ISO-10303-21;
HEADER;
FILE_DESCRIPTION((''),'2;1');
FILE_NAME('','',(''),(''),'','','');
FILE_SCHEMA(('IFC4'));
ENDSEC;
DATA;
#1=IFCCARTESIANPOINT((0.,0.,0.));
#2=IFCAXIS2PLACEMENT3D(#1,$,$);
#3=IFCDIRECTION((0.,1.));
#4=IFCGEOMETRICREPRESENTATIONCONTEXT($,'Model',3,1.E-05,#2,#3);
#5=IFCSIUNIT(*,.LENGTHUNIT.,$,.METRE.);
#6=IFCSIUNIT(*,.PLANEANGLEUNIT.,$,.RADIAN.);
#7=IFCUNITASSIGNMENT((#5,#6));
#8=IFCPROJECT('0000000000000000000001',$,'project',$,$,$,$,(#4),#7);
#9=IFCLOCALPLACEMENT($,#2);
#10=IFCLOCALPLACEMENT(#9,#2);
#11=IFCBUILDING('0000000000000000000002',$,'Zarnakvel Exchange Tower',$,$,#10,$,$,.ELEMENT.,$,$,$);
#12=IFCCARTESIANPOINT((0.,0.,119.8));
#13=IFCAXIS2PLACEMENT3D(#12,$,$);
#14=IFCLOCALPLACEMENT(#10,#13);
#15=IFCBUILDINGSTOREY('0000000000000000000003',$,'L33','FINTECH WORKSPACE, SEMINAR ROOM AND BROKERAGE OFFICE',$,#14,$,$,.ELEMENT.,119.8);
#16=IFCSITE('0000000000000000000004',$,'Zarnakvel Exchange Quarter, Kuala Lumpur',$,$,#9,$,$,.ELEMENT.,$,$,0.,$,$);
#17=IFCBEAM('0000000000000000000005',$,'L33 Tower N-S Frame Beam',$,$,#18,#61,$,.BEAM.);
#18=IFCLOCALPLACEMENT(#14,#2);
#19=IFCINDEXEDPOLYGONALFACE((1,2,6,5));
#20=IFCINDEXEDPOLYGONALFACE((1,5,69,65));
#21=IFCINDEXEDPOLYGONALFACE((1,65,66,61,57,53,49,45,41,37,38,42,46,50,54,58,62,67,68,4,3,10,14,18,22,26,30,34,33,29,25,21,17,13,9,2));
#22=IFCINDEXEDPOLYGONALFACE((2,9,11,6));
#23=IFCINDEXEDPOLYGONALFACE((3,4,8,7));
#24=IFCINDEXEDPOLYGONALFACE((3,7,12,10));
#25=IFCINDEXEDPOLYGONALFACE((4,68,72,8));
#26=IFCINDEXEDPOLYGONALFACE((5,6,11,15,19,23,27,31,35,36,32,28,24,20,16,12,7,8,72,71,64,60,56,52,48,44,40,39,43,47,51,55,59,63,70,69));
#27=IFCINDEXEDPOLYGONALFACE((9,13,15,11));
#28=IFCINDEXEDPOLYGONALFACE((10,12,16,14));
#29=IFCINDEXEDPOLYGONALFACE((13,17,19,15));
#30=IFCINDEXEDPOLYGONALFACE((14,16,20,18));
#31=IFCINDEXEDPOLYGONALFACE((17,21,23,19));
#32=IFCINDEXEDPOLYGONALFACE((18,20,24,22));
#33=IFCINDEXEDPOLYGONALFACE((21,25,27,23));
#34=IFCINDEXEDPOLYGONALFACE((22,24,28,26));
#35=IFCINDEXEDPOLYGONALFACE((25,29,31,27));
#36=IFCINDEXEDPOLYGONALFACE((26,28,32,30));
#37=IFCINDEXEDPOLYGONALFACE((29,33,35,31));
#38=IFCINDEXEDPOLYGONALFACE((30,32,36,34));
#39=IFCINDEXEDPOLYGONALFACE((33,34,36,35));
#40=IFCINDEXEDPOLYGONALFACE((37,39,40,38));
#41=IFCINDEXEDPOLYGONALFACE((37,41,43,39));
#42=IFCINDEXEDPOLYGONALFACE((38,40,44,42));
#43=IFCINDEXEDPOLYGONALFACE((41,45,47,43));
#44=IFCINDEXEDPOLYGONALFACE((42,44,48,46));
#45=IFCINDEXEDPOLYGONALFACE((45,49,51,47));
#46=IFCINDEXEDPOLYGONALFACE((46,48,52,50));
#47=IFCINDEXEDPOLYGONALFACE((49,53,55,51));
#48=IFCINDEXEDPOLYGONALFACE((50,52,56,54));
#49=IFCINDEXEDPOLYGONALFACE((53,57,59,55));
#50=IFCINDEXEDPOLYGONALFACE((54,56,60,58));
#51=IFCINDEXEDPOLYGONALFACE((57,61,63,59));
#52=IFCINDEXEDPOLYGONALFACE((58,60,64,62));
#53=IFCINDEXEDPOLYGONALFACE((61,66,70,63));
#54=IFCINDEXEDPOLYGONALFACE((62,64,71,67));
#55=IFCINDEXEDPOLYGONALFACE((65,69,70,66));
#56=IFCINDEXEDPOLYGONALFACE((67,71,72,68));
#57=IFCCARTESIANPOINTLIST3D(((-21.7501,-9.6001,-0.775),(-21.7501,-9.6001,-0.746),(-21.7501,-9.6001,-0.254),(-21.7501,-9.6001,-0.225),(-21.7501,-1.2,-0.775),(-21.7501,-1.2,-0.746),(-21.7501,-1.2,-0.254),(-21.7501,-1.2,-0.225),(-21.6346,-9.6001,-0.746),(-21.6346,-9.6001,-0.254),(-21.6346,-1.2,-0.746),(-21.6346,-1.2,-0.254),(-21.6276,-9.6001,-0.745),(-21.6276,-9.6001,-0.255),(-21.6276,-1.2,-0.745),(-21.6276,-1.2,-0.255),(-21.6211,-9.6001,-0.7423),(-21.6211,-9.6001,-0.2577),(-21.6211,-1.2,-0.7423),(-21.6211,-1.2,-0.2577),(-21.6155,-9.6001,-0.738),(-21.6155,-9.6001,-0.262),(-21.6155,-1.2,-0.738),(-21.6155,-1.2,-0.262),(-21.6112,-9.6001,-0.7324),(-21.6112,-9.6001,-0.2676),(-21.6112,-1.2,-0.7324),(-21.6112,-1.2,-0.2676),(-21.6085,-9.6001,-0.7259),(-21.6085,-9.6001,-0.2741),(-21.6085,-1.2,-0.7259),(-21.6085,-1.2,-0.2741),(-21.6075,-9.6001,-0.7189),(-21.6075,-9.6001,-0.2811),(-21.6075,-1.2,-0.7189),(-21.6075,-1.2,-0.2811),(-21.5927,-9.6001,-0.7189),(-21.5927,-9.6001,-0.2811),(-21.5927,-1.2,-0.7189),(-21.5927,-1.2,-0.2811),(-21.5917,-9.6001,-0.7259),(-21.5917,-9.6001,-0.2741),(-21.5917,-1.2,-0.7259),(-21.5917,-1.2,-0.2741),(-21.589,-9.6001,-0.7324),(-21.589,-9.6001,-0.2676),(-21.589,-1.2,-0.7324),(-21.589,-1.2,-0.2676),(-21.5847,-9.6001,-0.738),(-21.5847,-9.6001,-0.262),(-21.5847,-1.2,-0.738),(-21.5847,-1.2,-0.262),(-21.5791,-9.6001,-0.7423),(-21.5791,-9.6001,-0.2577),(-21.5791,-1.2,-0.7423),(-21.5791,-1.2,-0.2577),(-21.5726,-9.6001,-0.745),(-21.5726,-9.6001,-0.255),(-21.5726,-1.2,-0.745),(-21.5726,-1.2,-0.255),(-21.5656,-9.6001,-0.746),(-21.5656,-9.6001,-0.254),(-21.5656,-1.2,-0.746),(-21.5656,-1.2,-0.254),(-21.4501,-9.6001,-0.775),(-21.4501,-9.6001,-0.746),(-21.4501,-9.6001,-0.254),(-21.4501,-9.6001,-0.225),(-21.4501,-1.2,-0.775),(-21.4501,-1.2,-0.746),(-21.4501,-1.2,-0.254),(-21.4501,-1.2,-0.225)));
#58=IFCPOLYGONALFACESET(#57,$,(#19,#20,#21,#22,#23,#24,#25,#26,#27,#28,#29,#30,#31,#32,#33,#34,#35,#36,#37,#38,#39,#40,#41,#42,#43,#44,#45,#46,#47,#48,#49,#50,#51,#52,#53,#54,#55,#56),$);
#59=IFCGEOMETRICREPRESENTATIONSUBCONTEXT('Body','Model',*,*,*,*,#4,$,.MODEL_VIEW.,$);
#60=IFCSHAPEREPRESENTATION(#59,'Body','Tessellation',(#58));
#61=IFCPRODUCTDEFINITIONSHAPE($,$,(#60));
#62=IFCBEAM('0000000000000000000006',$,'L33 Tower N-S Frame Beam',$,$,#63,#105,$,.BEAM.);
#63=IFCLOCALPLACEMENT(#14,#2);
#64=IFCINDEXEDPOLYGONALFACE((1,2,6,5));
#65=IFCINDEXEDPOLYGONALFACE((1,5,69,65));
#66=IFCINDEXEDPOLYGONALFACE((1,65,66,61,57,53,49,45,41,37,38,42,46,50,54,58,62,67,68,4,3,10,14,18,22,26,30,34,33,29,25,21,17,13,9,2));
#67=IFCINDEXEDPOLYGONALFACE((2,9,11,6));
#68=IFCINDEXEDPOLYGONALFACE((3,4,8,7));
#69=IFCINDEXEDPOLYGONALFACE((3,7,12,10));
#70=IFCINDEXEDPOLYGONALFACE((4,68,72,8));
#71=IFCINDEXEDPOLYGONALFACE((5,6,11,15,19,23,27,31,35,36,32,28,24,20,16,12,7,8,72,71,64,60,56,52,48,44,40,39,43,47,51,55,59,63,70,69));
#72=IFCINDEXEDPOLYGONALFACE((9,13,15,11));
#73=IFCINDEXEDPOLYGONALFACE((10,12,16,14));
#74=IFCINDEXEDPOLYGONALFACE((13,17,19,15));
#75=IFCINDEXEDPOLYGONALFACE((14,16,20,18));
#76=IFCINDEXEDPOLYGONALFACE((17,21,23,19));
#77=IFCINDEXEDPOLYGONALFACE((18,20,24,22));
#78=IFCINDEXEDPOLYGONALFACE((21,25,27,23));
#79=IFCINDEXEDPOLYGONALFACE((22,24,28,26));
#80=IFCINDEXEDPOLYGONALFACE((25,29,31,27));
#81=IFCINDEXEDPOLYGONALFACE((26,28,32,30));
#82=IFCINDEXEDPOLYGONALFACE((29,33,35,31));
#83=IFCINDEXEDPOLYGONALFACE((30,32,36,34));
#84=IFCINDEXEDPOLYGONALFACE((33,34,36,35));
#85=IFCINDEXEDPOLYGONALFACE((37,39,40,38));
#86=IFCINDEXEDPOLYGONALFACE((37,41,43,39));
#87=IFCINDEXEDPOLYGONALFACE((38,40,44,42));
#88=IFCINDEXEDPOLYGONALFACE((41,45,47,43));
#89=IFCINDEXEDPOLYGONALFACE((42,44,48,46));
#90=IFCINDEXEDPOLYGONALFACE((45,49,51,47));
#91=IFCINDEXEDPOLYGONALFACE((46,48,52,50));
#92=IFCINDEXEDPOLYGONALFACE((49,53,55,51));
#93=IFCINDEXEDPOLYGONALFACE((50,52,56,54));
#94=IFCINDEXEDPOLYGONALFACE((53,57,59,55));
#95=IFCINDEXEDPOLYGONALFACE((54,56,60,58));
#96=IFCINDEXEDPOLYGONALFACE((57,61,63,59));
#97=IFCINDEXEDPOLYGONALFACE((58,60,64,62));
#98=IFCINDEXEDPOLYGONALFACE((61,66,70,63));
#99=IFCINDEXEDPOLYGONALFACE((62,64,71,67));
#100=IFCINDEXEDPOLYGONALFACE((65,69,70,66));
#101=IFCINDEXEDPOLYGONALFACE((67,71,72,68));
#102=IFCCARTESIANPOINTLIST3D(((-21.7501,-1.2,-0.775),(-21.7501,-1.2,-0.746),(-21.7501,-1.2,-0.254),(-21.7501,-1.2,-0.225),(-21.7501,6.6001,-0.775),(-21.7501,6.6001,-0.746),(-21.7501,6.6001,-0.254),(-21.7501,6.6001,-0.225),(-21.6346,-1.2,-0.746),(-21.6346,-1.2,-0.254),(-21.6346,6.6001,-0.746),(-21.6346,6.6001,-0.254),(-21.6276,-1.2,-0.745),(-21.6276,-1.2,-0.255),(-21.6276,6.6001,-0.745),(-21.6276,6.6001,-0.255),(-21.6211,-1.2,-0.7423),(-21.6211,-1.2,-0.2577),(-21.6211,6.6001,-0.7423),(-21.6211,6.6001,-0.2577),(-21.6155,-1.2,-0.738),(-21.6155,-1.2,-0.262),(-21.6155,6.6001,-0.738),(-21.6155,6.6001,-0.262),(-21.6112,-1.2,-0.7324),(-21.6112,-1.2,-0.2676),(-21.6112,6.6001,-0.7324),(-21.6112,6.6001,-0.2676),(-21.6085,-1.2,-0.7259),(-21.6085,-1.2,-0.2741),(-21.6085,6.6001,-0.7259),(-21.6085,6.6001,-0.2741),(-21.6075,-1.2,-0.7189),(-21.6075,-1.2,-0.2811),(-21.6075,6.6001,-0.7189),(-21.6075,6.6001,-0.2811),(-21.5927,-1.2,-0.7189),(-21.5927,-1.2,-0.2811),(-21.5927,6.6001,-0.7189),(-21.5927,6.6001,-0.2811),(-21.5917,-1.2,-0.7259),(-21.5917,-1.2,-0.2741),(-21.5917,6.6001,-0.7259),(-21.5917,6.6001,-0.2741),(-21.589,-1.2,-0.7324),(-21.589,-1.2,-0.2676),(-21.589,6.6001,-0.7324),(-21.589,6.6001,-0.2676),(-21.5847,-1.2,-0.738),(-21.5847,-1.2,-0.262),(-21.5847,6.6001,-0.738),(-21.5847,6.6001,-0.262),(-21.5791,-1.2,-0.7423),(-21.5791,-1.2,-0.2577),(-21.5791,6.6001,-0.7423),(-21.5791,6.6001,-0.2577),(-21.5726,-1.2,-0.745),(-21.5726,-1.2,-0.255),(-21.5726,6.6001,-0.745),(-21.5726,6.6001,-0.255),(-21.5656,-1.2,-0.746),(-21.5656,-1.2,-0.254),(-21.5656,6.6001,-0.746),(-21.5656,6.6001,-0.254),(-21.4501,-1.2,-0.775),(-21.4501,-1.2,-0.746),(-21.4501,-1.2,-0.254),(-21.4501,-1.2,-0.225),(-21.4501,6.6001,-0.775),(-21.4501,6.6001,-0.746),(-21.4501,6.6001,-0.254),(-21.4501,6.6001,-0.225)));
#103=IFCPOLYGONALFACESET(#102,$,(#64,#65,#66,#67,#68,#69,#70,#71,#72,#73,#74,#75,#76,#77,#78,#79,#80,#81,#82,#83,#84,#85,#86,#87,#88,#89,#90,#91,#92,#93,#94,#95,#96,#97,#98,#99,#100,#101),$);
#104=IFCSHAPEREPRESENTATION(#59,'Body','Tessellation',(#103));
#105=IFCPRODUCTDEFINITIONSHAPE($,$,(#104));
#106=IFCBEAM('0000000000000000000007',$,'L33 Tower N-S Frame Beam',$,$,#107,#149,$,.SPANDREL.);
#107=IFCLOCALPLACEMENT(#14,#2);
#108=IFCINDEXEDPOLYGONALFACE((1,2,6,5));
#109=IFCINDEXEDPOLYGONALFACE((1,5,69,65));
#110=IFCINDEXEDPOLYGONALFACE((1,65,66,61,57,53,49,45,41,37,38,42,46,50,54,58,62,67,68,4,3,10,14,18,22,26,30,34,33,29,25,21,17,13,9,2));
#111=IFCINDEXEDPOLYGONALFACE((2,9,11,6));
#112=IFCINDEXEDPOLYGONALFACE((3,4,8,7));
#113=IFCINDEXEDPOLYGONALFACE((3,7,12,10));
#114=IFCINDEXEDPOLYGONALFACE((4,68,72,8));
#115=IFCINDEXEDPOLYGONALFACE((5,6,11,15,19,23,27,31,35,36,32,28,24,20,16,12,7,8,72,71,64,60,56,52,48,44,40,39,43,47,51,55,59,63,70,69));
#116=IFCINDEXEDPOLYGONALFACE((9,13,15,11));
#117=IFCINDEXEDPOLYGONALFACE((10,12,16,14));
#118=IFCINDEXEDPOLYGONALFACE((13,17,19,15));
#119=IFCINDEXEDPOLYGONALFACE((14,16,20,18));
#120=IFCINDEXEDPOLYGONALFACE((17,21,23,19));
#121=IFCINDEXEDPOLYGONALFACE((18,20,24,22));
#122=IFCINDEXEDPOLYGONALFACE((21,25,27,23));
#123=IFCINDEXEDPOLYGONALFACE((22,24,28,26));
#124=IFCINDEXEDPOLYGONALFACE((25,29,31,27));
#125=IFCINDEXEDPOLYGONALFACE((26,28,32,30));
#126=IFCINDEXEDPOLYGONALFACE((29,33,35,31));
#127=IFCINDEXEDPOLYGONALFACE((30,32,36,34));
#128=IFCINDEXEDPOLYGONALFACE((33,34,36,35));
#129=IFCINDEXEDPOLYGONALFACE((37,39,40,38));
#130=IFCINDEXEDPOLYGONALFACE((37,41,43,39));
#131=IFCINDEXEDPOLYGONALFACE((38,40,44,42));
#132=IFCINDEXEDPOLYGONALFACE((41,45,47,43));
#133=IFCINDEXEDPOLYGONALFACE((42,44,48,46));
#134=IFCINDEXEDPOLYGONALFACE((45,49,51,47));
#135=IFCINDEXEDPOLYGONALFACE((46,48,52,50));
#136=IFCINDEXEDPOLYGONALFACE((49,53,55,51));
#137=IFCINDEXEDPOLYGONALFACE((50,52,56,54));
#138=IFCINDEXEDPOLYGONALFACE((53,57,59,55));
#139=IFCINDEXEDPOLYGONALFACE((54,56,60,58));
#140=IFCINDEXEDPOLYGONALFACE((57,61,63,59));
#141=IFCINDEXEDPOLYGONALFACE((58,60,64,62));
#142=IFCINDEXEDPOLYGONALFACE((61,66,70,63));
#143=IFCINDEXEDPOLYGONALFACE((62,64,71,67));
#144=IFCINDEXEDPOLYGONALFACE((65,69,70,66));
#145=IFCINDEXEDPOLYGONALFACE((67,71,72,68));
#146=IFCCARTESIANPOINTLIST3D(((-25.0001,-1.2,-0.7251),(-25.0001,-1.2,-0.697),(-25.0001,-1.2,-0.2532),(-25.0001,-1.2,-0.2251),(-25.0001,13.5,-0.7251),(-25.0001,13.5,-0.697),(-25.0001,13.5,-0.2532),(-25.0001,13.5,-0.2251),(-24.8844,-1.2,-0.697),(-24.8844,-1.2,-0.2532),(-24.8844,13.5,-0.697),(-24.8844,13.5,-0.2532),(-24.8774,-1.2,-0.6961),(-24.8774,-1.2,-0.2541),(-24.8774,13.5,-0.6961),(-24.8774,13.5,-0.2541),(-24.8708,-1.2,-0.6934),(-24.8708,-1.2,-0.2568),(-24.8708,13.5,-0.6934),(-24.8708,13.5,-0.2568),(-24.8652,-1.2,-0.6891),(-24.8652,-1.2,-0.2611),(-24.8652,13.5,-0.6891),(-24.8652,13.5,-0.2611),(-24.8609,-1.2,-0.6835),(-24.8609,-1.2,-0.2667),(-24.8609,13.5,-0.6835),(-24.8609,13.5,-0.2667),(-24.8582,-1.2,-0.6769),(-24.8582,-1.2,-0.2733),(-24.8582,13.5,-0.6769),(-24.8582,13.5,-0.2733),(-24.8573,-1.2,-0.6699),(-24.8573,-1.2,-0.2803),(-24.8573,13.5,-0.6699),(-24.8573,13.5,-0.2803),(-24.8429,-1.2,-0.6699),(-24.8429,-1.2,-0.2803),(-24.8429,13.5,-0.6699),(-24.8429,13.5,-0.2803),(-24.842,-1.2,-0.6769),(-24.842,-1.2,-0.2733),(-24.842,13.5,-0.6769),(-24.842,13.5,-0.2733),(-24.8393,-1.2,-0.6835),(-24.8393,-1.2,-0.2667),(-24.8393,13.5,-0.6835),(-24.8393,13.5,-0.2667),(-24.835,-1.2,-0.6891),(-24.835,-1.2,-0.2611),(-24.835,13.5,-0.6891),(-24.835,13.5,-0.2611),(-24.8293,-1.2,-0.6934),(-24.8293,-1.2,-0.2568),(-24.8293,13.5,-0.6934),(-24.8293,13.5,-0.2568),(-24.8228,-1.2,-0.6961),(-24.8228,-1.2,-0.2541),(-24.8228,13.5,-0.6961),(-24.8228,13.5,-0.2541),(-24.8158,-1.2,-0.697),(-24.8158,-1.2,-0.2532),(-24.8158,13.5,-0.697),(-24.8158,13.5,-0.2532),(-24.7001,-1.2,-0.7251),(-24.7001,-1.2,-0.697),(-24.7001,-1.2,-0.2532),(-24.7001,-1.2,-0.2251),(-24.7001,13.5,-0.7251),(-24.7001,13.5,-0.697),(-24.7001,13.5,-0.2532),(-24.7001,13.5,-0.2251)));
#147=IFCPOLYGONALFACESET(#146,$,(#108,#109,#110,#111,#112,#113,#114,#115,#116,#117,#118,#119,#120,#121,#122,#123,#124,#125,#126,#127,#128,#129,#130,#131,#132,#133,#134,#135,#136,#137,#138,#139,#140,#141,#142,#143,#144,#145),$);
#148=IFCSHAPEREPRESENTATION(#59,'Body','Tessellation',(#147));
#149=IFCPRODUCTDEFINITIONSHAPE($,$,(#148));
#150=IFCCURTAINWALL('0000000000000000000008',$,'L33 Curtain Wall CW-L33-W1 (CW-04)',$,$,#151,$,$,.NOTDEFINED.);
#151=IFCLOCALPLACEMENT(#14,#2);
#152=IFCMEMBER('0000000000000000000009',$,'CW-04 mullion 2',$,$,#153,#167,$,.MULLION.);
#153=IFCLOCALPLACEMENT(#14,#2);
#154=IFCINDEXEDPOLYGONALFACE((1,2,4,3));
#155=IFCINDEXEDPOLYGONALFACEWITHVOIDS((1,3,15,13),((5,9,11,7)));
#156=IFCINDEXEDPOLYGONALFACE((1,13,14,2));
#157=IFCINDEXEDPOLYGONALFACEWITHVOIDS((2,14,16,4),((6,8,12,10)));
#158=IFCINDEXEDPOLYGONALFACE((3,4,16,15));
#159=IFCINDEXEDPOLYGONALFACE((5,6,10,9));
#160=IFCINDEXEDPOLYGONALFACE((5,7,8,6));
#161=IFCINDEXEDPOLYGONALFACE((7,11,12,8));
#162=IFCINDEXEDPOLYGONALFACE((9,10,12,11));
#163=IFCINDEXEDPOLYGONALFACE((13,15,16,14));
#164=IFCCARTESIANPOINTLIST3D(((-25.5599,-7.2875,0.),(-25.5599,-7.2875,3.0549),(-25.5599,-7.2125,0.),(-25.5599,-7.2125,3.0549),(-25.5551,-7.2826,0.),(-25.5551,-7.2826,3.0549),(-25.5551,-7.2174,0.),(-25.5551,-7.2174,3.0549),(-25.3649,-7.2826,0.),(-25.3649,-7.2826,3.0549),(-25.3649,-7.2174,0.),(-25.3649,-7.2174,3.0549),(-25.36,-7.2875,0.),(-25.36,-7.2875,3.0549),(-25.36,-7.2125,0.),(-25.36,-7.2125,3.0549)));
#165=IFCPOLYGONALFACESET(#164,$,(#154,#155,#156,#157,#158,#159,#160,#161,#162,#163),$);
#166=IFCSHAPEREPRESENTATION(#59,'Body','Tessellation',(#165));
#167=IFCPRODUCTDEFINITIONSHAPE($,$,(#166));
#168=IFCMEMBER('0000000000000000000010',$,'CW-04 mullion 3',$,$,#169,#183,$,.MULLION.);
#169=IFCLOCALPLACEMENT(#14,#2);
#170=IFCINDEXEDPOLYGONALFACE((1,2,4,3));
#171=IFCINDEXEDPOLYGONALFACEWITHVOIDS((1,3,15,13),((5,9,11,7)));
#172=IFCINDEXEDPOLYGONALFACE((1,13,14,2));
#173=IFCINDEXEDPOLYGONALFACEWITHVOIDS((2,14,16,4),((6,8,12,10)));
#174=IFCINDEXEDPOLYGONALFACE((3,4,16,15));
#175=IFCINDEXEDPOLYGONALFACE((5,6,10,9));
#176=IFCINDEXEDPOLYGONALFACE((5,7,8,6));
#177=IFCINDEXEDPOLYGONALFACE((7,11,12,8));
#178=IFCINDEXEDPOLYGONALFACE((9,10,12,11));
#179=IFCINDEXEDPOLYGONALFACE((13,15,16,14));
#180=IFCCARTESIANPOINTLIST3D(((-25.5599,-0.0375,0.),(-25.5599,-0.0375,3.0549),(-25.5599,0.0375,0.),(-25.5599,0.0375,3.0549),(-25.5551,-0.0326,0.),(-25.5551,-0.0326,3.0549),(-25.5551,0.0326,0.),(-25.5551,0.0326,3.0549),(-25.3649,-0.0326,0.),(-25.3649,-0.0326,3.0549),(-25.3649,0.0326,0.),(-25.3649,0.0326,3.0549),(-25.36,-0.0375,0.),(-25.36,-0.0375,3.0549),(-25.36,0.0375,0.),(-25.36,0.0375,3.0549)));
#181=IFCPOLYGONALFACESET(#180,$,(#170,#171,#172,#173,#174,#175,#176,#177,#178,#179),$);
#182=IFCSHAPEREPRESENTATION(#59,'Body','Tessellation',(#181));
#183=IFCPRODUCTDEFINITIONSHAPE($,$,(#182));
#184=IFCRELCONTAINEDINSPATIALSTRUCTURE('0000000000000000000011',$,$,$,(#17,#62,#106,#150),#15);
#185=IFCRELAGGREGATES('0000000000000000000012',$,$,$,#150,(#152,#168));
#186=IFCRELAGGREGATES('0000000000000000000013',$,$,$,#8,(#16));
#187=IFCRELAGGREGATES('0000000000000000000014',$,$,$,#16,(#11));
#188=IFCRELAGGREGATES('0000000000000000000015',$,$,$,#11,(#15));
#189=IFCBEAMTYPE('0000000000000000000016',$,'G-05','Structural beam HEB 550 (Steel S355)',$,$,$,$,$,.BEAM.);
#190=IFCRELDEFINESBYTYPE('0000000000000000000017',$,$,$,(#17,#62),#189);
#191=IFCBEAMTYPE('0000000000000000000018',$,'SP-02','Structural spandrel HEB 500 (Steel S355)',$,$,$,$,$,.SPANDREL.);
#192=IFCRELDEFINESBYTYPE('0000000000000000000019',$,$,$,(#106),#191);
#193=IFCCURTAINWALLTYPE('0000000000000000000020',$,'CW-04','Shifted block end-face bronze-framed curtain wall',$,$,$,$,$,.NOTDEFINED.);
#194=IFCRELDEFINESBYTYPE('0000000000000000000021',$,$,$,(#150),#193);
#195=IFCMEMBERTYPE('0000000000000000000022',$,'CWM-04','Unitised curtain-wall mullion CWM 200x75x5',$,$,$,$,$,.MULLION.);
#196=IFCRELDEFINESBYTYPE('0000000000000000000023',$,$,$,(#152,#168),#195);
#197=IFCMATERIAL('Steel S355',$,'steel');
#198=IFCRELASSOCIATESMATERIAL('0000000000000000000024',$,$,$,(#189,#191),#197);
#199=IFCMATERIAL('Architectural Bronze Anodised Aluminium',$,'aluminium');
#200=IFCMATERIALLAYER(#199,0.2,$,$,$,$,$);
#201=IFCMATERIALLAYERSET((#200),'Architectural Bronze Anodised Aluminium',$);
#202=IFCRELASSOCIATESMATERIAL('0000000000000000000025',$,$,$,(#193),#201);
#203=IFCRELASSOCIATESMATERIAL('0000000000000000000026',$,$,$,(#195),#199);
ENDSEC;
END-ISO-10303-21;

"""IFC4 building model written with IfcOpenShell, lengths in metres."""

from ifc_helpers import new_model, si_unit, direction, frame, origin, origin_2d, place, context, subcontext, project, spatial, hollow_rectangle, i_section, extrude, source, transform, mapped, material, layer, layer_set, material_profile, profile_set, type_object, element, aggregate, save


model = new_model("IFC4")

# Units and contexts
model_context = context("Model", 3, precision=1e-05, world=origin(), true_north=direction((0.0, 1.0)))
body_context = subcontext(model_context, "Body", "Model", "MODEL_VIEW")
ifc_project = project(units=[si_unit("LENGTHUNIT", "METRE"), si_unit("PLANEANGLEUNIT", "RADIAN")], contexts=[model_context])

# Site, building, storey
site_placement = place(None, origin())
site = spatial("IfcSite", under=ifc_project, at=site_placement, Name="Zarnakvel Exchange Quarter, Kuala Lumpur", CompositionType="ELEMENT", RefElevation=0.0)
building_placement = place(site_placement, origin())
building = spatial("IfcBuilding", under=site, at=building_placement, Name="Zarnakvel Exchange Tower", CompositionType="ELEMENT")
storey_placement = place(building_placement, frame((0.0, 0.0, 119.8)))
storey = spatial("IfcBuildingStorey", under=building, at=storey_placement, Name="L33", Description="FINTECH WORKSPACE, SEMINAR ROOM AND BROKERAGE OFFICE", CompositionType="ELEMENT", Elevation=119.8)

# Shared definitions
ifc_material_1 = material(Name="Steel S355", Category="steel")

# Beams
ifc_material_profile_1 = material_profile(ifc_material_1, i_section(OverallWidth=0.3, OverallDepth=0.55, WebThickness=0.0149, FlangeThickness=0.0291, FilletRadius=0.0271, at=origin_2d()))
ifc_profile_set_1 = profile_set([ifc_material_profile_1], Name="Steel S355")
beam_type_1 = type_object("IfcBeamType", Name="G-05", Description="Structural beam HEB 550 (Steel S355)", PredefinedType="BEAM", material=ifc_profile_set_1)
beam_1_placement = place(storey_placement, frame((-21.6001, -9.6001, -0.5), z_axis=(0.0, 1.0, 0.0), x_axis=(-1.0, 0.0, 0.0)))
element("IfcBeam", 1, at=beam_1_placement, inside=storey, type_object=beam_type_1, Name="L33 Tower N-S Frame Beam", PredefinedType="BEAM", context=body_context, shape_type="SweptSolid", body=[
    extrude(i_section(OverallWidth=0.3, OverallDepth=0.55, WebThickness=0.0149, FlangeThickness=0.0291, FilletRadius=0.0271, at=origin_2d()), origin(), (0.0, 0.0, 1.0), 8.4001),
])
beam_2_placement = place(storey_placement, frame((-21.6001, -1.2, -0.5), z_axis=(0.0, 1.0, 0.0), x_axis=(-1.0, 0.0, 0.0)))
element("IfcBeam", 2, at=beam_2_placement, inside=storey, type_object=beam_type_1, Name="L33 Tower N-S Frame Beam", PredefinedType="BEAM", context=body_context, shape_type="SweptSolid", body=[
    extrude(i_section(OverallWidth=0.3, OverallDepth=0.55, WebThickness=0.0149, FlangeThickness=0.0291, FilletRadius=0.0271, at=origin_2d()), origin(), (0.0, 0.0, 1.0), 7.8),
])
ifc_material_profile_2 = material_profile(ifc_material_1, i_section(OverallWidth=0.3, OverallDepth=0.5, WebThickness=0.0144, FlangeThickness=0.0281, FilletRadius=0.0271, at=origin_2d()))
ifc_profile_set_2 = profile_set([ifc_material_profile_2], Name="Steel S355")
beam_type_2 = type_object("IfcBeamType", Name="SP-02", Description="Structural spandrel HEB 500 (Steel S355)", PredefinedType="SPANDREL", material=ifc_profile_set_2)
beam_3_placement = place(storey_placement, frame((-24.8501, -1.2, -0.4751), z_axis=(0.0, 1.0, 0.0), x_axis=(-1.0, 0.0, 0.0)))
element("IfcBeam", 3, at=beam_3_placement, inside=storey, type_object=beam_type_2, Name="L33 Tower N-S Frame Beam", PredefinedType="SPANDREL", context=body_context, shape_type="SweptSolid", body=[
    extrude(i_section(OverallWidth=0.3, OverallDepth=0.5, WebThickness=0.0144, FlangeThickness=0.0281, FilletRadius=0.0271, at=origin_2d()), origin(), (0.0, 0.0, 1.0), 14.7),
])

# Curtain wall, members
ifc_material_2 = material(Name="Architectural Bronze Anodised Aluminium", Category="aluminium")
ifc_layer_1 = layer(ifc_material_2, 0.2)
ifc_layer_set_1 = layer_set([ifc_layer_1], Name="Architectural Bronze Anodised Aluminium")
curtain_wall_type = type_object("IfcCurtainWallType", Name="CW-04", Description="Shifted block end-face bronze-framed curtain wall", PredefinedType="NOTDEFINED", material=ifc_layer_set_1)
curtain_wall_placement = place(storey_placement, origin())
curtain_wall = element("IfcCurtainWall", 4, at=curtain_wall_placement, inside=storey, type_object=curtain_wall_type, Name="L33 Curtain Wall CW-L33-W1 (CW-04)", PredefinedType="NOTDEFINED")
ifc_material_profile_3 = material_profile(ifc_material_2, hollow_rectangle(XDim=0.2, YDim=0.075, WallThickness=0.0049, at=origin_2d()))
ifc_profile_set_3 = profile_set([ifc_material_profile_3], Name="Architectural Bronze Anodised Aluminium")
member_type_1 = type_object("IfcMemberType", Name="CWM-04", Description="Unitised curtain-wall mullion CWM 200x75x5", PredefinedType="MULLION", material=ifc_profile_set_3)
shared_shape_1 = source(origin(), body_context, "Body", "SweptSolid", [
    extrude(hollow_rectangle(XDim=0.2, YDim=0.075, WallThickness=0.0049, at=origin_2d()), origin(), (0.0, 0.0, 1.0), 3.0549),
])
member_1_placement = place(storey_placement, frame((-25.46, -7.25, 0.0), z_axis=(0.0, 0.0, 1.0), x_axis=(-1.0, 0.0, 0.0)))
member_1 = element("IfcMember", 5, at=member_1_placement, type_object=member_type_1, Name="CW-04 mullion 2", PredefinedType="MULLION", context=body_context, shape_type="MappedRepresentation", body=[
    mapped(shared_shape_1, transform((0.0, 0.0, 0.0), x_axis=(1.0, 0.0, 0.0), y_axis=(0.0, 1.0, 0.0), z_axis=(0.0, 0.0, 1.0), scale=1.0)),
])
member_2_placement = place(storey_placement, frame((-25.46, 0.0, 0.0), z_axis=(0.0, 0.0, 1.0), x_axis=(-1.0, 0.0, 0.0)))
member_2 = element("IfcMember", 6, at=member_2_placement, type_object=member_type_1, Name="CW-04 mullion 3", PredefinedType="MULLION", context=body_context, shape_type="MappedRepresentation", body=[
    mapped(shared_shape_1, transform((0.0, 0.0, 0.0), x_axis=(1.0, 0.0, 0.0), y_axis=(0.0, 1.0, 0.0), z_axis=(0.0, 0.0, 1.0), scale=1.0)),
])
aggregate(curtain_wall, [member_1, member_2])

save(model, "model.ifc")
